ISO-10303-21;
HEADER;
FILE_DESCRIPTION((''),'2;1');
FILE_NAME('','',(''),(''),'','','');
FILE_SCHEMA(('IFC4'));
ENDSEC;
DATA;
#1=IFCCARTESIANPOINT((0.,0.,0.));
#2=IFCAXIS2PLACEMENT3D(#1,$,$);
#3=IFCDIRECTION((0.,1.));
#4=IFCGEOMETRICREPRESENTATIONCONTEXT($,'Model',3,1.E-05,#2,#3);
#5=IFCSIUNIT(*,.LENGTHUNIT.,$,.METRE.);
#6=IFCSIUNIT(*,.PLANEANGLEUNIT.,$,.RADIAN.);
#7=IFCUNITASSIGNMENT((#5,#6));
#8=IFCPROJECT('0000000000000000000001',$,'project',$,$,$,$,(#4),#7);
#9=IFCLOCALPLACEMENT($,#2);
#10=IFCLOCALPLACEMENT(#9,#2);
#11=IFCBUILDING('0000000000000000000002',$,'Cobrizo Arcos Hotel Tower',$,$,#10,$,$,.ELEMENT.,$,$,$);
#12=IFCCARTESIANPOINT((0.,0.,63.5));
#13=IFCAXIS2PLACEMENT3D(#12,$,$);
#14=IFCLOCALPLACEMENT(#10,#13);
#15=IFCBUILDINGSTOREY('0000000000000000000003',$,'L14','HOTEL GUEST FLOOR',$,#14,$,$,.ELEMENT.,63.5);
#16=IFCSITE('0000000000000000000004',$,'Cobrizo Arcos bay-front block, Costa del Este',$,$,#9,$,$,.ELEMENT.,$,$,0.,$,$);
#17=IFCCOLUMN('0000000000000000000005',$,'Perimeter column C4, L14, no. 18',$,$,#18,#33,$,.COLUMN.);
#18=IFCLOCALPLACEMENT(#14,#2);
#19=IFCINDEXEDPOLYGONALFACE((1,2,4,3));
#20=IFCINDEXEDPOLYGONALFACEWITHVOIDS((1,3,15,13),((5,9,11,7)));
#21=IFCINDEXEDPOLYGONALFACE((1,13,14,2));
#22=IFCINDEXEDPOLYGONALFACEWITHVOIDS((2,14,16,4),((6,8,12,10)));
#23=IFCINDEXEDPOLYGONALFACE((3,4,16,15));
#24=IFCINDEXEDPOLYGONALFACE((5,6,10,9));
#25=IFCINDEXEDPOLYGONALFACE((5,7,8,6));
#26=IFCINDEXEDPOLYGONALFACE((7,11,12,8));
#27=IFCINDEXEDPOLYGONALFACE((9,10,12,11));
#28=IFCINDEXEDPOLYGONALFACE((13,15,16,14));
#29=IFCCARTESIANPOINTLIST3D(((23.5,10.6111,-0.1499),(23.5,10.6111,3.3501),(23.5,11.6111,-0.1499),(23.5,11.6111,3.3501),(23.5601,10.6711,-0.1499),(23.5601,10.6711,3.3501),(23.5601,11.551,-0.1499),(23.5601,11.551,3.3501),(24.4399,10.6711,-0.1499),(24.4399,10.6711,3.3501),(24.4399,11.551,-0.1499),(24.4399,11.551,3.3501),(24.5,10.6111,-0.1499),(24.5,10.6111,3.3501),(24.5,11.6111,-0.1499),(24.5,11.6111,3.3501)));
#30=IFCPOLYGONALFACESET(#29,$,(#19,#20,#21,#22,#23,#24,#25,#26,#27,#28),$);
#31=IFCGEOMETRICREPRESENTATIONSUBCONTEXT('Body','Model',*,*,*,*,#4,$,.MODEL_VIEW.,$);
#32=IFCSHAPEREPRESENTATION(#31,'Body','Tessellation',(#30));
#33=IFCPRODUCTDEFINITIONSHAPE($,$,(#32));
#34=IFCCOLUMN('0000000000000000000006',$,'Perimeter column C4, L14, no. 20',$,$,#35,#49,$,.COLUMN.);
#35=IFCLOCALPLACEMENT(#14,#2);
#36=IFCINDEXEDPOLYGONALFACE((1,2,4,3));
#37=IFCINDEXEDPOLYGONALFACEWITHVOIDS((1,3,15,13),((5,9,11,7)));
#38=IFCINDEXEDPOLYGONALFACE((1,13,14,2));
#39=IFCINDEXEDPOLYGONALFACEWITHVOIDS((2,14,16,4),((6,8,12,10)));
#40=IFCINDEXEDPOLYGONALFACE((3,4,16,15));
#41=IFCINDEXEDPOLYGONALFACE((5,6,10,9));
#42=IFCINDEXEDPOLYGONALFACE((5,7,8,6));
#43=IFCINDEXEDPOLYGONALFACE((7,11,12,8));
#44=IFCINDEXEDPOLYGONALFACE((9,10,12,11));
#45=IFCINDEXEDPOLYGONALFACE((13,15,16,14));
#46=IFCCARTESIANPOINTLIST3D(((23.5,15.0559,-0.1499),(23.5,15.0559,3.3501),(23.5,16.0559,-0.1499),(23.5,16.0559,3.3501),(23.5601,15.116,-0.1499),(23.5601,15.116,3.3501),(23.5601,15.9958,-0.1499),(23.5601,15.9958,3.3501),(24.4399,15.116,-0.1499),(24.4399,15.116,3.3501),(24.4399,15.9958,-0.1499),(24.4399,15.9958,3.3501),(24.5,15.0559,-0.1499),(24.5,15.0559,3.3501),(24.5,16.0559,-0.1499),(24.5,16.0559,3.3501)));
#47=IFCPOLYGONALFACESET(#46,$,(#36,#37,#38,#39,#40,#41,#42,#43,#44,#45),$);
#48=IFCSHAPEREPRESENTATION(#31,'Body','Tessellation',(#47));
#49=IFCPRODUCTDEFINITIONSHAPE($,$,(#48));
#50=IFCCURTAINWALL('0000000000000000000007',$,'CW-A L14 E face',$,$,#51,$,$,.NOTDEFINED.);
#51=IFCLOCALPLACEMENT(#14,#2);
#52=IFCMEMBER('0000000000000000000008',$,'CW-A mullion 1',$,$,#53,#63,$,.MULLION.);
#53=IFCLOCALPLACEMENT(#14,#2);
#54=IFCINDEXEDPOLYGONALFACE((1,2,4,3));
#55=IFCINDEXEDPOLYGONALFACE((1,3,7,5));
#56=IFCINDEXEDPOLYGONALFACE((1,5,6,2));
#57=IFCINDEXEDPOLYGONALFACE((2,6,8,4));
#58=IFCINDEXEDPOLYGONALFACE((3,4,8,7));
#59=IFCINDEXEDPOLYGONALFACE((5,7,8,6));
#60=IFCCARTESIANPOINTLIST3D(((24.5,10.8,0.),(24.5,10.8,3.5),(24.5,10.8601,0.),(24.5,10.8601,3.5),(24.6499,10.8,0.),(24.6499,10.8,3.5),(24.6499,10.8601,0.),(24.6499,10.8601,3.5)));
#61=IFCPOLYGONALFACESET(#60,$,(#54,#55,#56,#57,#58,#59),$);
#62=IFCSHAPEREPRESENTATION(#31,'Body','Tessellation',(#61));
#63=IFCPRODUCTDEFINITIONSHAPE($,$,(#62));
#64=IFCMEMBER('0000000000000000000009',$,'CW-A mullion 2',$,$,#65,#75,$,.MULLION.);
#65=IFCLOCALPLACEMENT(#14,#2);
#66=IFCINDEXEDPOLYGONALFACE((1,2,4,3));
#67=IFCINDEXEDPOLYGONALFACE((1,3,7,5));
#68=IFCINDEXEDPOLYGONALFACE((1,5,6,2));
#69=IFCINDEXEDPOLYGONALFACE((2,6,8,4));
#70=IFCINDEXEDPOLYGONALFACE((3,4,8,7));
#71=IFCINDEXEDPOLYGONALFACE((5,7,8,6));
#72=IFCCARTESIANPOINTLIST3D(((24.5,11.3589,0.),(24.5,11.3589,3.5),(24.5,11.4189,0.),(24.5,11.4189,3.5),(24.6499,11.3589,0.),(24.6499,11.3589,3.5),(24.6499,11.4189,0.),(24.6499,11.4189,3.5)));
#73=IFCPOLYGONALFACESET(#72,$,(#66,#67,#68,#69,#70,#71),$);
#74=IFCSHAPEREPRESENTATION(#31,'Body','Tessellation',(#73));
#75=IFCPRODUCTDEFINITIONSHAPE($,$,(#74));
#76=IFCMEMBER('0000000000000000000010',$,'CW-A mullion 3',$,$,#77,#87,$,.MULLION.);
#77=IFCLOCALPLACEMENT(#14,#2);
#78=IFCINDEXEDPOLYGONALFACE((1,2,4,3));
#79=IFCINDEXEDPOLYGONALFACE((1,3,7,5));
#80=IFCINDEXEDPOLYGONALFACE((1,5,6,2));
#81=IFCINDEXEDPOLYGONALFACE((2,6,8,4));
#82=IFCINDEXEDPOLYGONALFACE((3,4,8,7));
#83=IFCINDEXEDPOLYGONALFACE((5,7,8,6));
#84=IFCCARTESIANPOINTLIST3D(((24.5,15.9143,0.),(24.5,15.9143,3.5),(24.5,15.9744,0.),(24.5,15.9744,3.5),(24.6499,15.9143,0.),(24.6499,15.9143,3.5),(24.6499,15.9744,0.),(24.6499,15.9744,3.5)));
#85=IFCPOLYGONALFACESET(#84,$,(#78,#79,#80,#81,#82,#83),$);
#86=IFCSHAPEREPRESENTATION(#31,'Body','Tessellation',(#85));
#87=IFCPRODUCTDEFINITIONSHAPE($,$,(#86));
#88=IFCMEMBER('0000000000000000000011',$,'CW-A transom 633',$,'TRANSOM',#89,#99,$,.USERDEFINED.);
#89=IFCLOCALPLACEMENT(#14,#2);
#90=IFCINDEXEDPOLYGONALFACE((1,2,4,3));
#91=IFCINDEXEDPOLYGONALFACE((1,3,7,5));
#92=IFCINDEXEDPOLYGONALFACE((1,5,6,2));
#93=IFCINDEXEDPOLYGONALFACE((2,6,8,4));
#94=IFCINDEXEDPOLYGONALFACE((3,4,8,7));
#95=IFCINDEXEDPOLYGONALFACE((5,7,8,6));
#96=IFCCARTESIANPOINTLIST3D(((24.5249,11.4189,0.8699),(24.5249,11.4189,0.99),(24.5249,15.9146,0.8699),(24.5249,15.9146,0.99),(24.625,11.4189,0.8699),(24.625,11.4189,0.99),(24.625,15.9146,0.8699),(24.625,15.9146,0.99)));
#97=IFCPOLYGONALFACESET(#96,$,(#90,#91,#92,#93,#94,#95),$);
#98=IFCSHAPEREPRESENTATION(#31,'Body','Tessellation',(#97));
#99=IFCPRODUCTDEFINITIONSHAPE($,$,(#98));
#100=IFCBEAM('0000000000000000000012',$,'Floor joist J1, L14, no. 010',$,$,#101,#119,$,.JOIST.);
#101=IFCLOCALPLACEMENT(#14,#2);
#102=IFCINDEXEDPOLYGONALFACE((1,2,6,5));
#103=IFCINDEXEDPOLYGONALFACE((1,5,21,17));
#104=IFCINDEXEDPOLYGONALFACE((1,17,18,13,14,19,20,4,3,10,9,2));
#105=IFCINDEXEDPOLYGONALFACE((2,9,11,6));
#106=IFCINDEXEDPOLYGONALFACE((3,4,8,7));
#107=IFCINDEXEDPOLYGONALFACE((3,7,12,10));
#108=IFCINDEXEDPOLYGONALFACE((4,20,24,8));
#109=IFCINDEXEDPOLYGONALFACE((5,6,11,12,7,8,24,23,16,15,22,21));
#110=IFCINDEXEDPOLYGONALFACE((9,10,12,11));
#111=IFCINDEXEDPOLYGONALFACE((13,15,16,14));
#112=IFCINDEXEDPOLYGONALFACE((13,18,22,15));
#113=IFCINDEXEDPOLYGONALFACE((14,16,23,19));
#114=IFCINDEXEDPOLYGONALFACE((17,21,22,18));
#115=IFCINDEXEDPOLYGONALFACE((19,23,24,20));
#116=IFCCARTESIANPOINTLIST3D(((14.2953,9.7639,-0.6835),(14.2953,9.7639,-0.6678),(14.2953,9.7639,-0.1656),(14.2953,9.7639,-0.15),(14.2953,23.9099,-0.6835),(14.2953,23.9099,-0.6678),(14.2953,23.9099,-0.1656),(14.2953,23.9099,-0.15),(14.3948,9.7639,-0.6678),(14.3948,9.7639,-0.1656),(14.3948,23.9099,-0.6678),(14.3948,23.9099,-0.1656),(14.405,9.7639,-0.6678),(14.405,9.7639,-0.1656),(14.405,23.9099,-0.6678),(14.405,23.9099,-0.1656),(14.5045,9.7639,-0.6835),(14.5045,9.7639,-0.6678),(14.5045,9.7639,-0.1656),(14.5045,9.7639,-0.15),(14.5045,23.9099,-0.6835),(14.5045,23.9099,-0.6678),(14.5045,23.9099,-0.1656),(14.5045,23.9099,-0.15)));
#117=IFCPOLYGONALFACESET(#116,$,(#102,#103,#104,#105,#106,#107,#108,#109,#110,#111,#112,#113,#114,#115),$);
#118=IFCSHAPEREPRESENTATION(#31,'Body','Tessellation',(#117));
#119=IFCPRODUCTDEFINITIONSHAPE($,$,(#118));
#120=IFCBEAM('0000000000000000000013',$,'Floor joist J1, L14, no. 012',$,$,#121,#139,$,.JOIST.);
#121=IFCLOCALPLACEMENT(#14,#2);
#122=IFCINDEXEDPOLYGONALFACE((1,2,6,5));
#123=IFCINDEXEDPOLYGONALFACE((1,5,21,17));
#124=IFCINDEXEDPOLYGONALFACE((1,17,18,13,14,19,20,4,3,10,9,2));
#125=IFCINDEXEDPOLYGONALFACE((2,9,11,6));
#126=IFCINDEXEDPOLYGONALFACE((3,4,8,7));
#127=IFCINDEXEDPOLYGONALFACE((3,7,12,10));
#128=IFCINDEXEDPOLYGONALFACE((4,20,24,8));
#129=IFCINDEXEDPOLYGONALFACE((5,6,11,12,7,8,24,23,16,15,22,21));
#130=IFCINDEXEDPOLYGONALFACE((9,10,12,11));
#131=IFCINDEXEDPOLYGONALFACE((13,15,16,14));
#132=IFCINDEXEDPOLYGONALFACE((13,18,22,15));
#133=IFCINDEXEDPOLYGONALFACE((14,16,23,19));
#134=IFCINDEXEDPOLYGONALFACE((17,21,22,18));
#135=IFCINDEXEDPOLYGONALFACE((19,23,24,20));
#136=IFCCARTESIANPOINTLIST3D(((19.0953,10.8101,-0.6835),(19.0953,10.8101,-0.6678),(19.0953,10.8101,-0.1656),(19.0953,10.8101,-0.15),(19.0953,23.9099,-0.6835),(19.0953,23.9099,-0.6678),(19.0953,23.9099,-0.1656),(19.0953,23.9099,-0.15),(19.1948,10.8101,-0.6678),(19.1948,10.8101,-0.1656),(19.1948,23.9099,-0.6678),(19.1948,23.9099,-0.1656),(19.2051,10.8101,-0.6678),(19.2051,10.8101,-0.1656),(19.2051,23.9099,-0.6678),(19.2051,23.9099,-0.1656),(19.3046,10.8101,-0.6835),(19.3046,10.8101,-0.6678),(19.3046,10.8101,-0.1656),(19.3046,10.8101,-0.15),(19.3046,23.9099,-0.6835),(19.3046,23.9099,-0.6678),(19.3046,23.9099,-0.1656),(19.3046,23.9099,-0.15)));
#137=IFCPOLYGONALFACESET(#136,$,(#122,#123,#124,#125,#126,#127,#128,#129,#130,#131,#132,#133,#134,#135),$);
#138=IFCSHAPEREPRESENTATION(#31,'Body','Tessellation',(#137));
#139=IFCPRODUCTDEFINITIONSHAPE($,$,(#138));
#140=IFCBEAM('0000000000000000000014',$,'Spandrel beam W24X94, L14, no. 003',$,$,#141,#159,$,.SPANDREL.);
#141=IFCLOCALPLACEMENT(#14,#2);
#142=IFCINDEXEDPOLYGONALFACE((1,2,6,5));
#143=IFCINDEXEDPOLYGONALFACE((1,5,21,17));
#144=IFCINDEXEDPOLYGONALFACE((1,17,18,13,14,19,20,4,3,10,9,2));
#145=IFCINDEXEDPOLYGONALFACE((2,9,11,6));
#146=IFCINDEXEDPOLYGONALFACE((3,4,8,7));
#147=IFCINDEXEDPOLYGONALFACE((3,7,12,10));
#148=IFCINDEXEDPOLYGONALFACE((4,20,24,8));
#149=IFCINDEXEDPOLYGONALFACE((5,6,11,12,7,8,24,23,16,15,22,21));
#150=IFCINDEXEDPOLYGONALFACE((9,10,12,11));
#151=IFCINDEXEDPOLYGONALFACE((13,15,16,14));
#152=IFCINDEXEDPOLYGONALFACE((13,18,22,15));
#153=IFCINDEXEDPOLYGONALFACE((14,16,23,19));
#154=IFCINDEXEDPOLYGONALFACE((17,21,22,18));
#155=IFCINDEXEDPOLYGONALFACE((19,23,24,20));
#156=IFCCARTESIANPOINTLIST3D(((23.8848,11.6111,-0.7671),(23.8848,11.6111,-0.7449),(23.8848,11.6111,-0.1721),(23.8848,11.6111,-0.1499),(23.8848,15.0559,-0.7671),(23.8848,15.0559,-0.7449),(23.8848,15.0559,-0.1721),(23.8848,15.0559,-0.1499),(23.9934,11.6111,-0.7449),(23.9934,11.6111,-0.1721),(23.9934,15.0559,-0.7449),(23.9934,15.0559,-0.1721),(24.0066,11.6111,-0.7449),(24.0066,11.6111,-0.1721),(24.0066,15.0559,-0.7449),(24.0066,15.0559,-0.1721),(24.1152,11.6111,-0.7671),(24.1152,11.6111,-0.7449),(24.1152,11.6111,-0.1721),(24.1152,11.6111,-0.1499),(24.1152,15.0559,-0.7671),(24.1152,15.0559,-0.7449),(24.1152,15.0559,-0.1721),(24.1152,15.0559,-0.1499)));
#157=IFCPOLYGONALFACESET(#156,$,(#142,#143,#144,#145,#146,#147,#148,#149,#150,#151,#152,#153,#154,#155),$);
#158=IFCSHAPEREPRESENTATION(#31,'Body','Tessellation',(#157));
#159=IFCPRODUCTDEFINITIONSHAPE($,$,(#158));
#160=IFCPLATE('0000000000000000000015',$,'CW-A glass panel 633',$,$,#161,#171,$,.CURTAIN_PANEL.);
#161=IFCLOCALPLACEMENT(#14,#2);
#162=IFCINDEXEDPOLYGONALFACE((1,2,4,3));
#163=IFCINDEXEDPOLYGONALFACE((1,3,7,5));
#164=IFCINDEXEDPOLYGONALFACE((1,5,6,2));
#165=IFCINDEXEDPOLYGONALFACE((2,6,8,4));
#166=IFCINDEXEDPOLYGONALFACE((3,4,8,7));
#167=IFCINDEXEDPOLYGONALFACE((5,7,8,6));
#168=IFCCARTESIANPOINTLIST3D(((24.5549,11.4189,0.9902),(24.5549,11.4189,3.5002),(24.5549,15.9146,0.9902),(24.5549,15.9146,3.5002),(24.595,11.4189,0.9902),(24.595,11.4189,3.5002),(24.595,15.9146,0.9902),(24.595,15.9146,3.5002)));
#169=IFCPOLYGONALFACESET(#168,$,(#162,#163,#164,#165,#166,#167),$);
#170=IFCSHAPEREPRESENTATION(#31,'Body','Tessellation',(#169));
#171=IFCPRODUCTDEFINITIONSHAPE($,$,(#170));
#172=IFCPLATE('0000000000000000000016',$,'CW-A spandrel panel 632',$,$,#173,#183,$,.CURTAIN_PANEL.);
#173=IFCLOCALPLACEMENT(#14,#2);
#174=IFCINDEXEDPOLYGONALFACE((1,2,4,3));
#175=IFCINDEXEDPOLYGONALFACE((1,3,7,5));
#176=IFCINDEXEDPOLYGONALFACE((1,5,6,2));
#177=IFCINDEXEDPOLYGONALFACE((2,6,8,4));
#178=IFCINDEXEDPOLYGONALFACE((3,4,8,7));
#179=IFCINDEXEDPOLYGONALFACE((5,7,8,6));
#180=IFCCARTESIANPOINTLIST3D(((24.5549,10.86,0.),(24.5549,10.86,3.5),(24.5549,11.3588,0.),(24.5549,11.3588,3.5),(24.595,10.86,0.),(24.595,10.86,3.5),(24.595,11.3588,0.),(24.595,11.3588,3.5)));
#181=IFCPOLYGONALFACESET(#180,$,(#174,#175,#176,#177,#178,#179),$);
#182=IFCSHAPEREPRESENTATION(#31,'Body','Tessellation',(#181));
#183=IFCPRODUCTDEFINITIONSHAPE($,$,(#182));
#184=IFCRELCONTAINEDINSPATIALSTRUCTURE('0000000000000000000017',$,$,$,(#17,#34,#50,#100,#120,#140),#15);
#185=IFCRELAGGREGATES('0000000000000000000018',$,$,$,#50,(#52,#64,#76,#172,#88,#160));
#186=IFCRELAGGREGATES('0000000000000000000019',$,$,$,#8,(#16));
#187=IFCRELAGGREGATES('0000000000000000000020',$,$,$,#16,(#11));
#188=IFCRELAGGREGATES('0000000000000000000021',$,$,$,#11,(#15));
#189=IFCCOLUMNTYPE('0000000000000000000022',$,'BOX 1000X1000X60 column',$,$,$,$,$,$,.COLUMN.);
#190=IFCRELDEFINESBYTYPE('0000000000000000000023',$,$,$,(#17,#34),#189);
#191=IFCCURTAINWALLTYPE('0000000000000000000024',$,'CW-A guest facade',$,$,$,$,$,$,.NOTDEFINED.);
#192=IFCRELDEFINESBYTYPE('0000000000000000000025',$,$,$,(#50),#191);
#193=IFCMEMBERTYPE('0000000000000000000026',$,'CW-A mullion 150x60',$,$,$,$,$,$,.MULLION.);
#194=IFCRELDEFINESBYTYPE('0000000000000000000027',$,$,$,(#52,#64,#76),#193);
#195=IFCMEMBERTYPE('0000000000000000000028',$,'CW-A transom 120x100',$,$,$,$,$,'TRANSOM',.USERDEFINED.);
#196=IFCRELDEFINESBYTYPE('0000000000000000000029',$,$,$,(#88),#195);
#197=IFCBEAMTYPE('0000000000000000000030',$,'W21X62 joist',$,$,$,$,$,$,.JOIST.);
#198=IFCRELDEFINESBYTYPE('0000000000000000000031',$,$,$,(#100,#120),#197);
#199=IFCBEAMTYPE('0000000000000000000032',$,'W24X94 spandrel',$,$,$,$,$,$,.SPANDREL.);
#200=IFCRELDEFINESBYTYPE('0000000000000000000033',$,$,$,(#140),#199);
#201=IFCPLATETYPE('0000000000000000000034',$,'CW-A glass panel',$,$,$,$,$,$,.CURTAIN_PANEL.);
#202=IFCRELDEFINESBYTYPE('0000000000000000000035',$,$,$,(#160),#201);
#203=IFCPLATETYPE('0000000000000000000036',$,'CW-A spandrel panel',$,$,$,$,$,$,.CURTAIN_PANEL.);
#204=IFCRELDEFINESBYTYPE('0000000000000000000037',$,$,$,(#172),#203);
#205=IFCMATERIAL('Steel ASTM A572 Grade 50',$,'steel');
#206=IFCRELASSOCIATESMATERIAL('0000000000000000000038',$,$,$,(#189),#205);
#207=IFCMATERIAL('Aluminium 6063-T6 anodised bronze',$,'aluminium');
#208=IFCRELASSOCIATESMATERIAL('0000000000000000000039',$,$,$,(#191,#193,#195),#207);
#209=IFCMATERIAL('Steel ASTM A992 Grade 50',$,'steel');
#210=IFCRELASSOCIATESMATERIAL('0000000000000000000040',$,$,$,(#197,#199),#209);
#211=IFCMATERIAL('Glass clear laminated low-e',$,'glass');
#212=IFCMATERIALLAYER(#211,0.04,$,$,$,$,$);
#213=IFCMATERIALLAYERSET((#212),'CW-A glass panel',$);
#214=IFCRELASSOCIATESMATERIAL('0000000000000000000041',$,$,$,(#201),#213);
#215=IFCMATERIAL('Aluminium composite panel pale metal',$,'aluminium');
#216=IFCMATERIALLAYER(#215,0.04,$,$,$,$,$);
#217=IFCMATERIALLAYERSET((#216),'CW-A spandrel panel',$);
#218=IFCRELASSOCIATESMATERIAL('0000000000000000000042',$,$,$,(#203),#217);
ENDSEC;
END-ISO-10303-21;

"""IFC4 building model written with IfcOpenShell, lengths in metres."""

from ifc_helpers import new_model, si_unit, direction, frame, origin, origin_2d, place, context, subcontext, project, spatial, rectangle, hollow_rectangle, i_section, extrude, material, layer, layer_set, material_profile, profile_set, type_object, element, aggregate, save


model = new_model("IFC4")

# Units and contexts
model_context = context("Model", 3, precision=1e-05, world=origin(), true_north=direction((0.0, 1.0)))
body_context = subcontext(model_context, "Body", "Model", "MODEL_VIEW")
ifc_project = project(units=[si_unit("LENGTHUNIT", "METRE"), si_unit("PLANEANGLEUNIT", "RADIAN")], contexts=[model_context])

# Site, building, storey
site_placement = place(None, origin())
site = spatial("IfcSite", under=ifc_project, at=site_placement, Name="Cobrizo Arcos bay-front block, Costa del Este", CompositionType="ELEMENT", RefElevation=0.0)
building_placement = place(site_placement, origin())
building = spatial("IfcBuilding", under=site, at=building_placement, Name="Cobrizo Arcos Hotel Tower", CompositionType="ELEMENT")
storey_placement = place(building_placement, frame((0.0, 0.0, 63.5)))
storey = spatial("IfcBuildingStorey", under=building, at=storey_placement, Name="L14", Description="HOTEL GUEST FLOOR", CompositionType="ELEMENT", Elevation=63.5)

# Columns
ifc_material_1 = material(Name="Steel ASTM A572 Grade 50", Category="steel")
ifc_material_profile_1 = material_profile(ifc_material_1, hollow_rectangle(XDim=1.0, YDim=1.0, WallThickness=0.0601, at=origin_2d()), Name="BOX 1000X1000X60")
ifc_profile_set_1 = profile_set([ifc_material_profile_1], Name="Steel ASTM A572 Grade 50")
column_type = type_object("IfcColumnType", Name="BOX 1000X1000X60 column", PredefinedType="COLUMN", material=ifc_profile_set_1)
for number, where, z_axis, x_axis, name in (
    (1, (24.0, 11.1111, -0.1499), (0.0, 0.0, 1.0), (1.0, 0.0, 0.0), "Perimeter column C4, L14, no. 18"),
    (2, (24.0, 15.5559, -0.1499), (0.0, 0.0, 1.0), (1.0, 0.0, 0.0), "Perimeter column C4, L14, no. 20"),
):
    element("IfcColumn", number, at=place(storey_placement, frame(where, z_axis=z_axis, x_axis=x_axis)), inside=storey, type_object=column_type, Name=name, PredefinedType="COLUMN", context=body_context, shape_type="SweptSolid", body=[
        extrude(hollow_rectangle(XDim=1.0, YDim=1.0, WallThickness=0.0601, at=origin_2d()), origin(), (0.0, 0.0, 1.0), 3.5),
    ])

# Curtain wall, members
ifc_material_2 = material(Name="Aluminium 6063-T6 anodised bronze", Category="aluminium")
curtain_wall_type = type_object("IfcCurtainWallType", Name="CW-A guest facade", PredefinedType="NOTDEFINED", material=ifc_material_2)
curtain_wall_placement = place(storey_placement, origin())
curtain_wall = element("IfcCurtainWall", 3, at=curtain_wall_placement, inside=storey, type_object=curtain_wall_type, Name="CW-A L14 E face", PredefinedType="NOTDEFINED")
ifc_material_profile_2 = material_profile(ifc_material_2, rectangle(XDim=0.1499, YDim=0.0601, at=origin_2d()), Name="CW-A mullion 150x60")
ifc_profile_set_2 = profile_set([ifc_material_profile_2], Name="Aluminium 6063-T6 anodised bronze")
member_type_1 = type_object("IfcMemberType", Name="CW-A mullion 150x60", PredefinedType="MULLION", material=ifc_profile_set_2)
member_1_placement = place(storey_placement, frame((24.575, 10.8301, 0.0), z_axis=(0.0, 0.0, 1.0), x_axis=(1.0, 0.0, 0.0)))
member_1 = element("IfcMember", 4, at=member_1_placement, type_object=member_type_1, Name="CW-A mullion 1", PredefinedType="MULLION", context=body_context, shape_type="SweptSolid", body=[
    extrude(rectangle(XDim=0.1499, YDim=0.0601, at=origin_2d()), origin(), (0.0, 0.0, 1.0), 3.5),
])
member_2_placement = place(storey_placement, frame((24.575, 11.3889, 0.0), z_axis=(0.0, 0.0, 1.0), x_axis=(1.0, 0.0, 0.0)))
member_2 = element("IfcMember", 5, at=member_2_placement, type_object=member_type_1, Name="CW-A mullion 2", PredefinedType="MULLION", context=body_context, shape_type="SweptSolid", body=[
    extrude(rectangle(XDim=0.1499, YDim=0.0601, at=origin_2d()), origin(), (0.0, 0.0, 1.0), 3.5),
])
member_3_placement = place(storey_placement, frame((24.575, 15.9443, 0.0), z_axis=(0.0, 0.0, 1.0), x_axis=(1.0, 0.0, 0.0)))
member_3 = element("IfcMember", 6, at=member_3_placement, type_object=member_type_1, Name="CW-A mullion 3", PredefinedType="MULLION", context=body_context, shape_type="SweptSolid", body=[
    extrude(rectangle(XDim=0.1499, YDim=0.0601, at=origin_2d()), origin(), (0.0, 0.0, 1.0), 3.5),
])
ifc_material_profile_3 = material_profile(ifc_material_2, rectangle(XDim=0.1001, YDim=0.1201, at=origin_2d()), Name="CW-A transom 120x100")
ifc_profile_set_3 = profile_set([ifc_material_profile_3], Name="Aluminium 6063-T6 anodised bronze")
member_type_2 = type_object("IfcMemberType", Name="CW-A transom 120x100", ElementType="TRANSOM", PredefinedType="USERDEFINED", material=ifc_profile_set_3)
member_4_placement = place(storey_placement, frame((24.575, 11.4189, 0.9299), z_axis=(0.0, 1.0, 0.0), x_axis=(-1.0, 0.0, 0.0)))
member_4 = element("IfcMember", 7, at=member_4_placement, type_object=member_type_2, Name="CW-A transom 633", ObjectType="TRANSOM", PredefinedType="USERDEFINED", context=body_context, shape_type="SweptSolid", body=[
    extrude(rectangle(XDim=0.1001, YDim=0.1201, at=origin_2d()), origin(), (0.0, 0.0, 1.0), 4.4956),
])

# Beams
ifc_material_3 = material(Name="Steel ASTM A992 Grade 50", Category="steel")
ifc_material_profile_4 = material_profile(ifc_material_3, i_section(OverallWidth=0.2092, OverallDepth=0.5334, WebThickness=0.0103, FlangeThickness=0.0156, at=origin_2d()), Name="W21X62")
ifc_profile_set_4 = profile_set([ifc_material_profile_4], Name="Steel ASTM A992 Grade 50")
beam_type_1 = type_object("IfcBeamType", Name="W21X62 joist", PredefinedType="JOIST", material=ifc_profile_set_4)
beam_1_placement = place(storey_placement, frame((14.3999, 9.7639, -0.4167), z_axis=(0.0, 1.0, 0.0), x_axis=(-1.0, 0.0, 0.0)))
element("IfcBeam", 8, at=beam_1_placement, inside=storey, type_object=beam_type_1, Name="Floor joist J1, L14, no. 010", PredefinedType="JOIST", context=body_context, shape_type="SweptSolid", body=[
    extrude(i_section(OverallWidth=0.2092, OverallDepth=0.5334, WebThickness=0.0103, FlangeThickness=0.0156, at=origin_2d()), origin(), (0.0, 0.0, 1.0), 14.146),
])
beam_2_placement = place(storey_placement, frame((19.2, 10.8101, -0.4167), z_axis=(0.0, 1.0, 0.0), x_axis=(-1.0, 0.0, 0.0)))
element("IfcBeam", 9, at=beam_2_placement, inside=storey, type_object=beam_type_1, Name="Floor joist J1, L14, no. 012", PredefinedType="JOIST", context=body_context, shape_type="SweptSolid", body=[
    extrude(i_section(OverallWidth=0.2092, OverallDepth=0.5334, WebThickness=0.0103, FlangeThickness=0.0156, at=origin_2d()), origin(), (0.0, 0.0, 1.0), 13.0999),
])
ifc_material_profile_5 = material_profile(ifc_material_3, i_section(OverallWidth=0.2305, OverallDepth=0.6172, WebThickness=0.0132, FlangeThickness=0.0222, at=origin_2d()), Name="W24X94")
ifc_profile_set_5 = profile_set([ifc_material_profile_5], Name="Steel ASTM A992 Grade 50")
beam_type_2 = type_object("IfcBeamType", Name="W24X94 spandrel", PredefinedType="SPANDREL", material=ifc_profile_set_5)
beam_3_placement = place(storey_placement, frame((24.0, 15.0559, -0.4585), z_axis=(0.0, -1.0, 0.0), x_axis=(1.0, 0.0, 0.0)))
element("IfcBeam", 10, at=beam_3_placement, inside=storey, type_object=beam_type_2, Name="Spandrel beam W24X94, L14, no. 003", PredefinedType="SPANDREL", context=body_context, shape_type="SweptSolid", body=[
    extrude(i_section(OverallWidth=0.2305, OverallDepth=0.6172, WebThickness=0.0132, FlangeThickness=0.0222, at=origin_2d()), origin(), (0.0, 0.0, 1.0), 3.4448),
])

# Plates
ifc_material_4 = material(Name="Glass clear laminated low-e", Category="glass")
ifc_layer_1 = layer(ifc_material_4, 0.04)
ifc_layer_set_1 = layer_set([ifc_layer_1], Name="CW-A glass panel")
plate_type_1 = type_object("IfcPlateType", Name="CW-A glass panel", PredefinedType="CURTAIN_PANEL", material=ifc_layer_set_1)
plate_1_placement = place(storey_placement, frame((24.575, 13.6667, 0.9902), z_axis=(0.0, 0.0, 1.0), x_axis=(0.0, 1.0, 0.0)))
plate_1 = element("IfcPlate", 11, at=plate_1_placement, type_object=plate_type_1, Name="CW-A glass panel 633", PredefinedType="CURTAIN_PANEL", context=body_context, shape_type="SweptSolid", body=[
    extrude(rectangle(XDim=4.4956, YDim=0.04, at=origin_2d()), origin(), (0.0, 0.0, 1.0), 2.51),
])
ifc_material_5 = material(Name="Aluminium composite panel pale metal", Category="aluminium")
ifc_layer_2 = layer(ifc_material_5, 0.04)
ifc_layer_set_2 = layer_set([ifc_layer_2], Name="CW-A spandrel panel")
plate_type_2 = type_object("IfcPlateType", Name="CW-A spandrel panel", PredefinedType="CURTAIN_PANEL", material=ifc_layer_set_2)
plate_2_placement = place(storey_placement, frame((24.575, 11.1094, 0.0), z_axis=(0.0, 0.0, 1.0), x_axis=(0.0, 1.0, 0.0)))
plate_2 = element("IfcPlate", 12, at=plate_2_placement, type_object=plate_type_2, Name="CW-A spandrel panel 632", PredefinedType="CURTAIN_PANEL", context=body_context, shape_type="SweptSolid", body=[
    extrude(rectangle(XDim=0.4988, YDim=0.04, at=origin_2d()), origin(), (0.0, 0.0, 1.0), 3.5),
])
aggregate(curtain_wall, [member_1, member_2, member_3, plate_2, member_4, plate_1])

save(model, "model.ifc")
